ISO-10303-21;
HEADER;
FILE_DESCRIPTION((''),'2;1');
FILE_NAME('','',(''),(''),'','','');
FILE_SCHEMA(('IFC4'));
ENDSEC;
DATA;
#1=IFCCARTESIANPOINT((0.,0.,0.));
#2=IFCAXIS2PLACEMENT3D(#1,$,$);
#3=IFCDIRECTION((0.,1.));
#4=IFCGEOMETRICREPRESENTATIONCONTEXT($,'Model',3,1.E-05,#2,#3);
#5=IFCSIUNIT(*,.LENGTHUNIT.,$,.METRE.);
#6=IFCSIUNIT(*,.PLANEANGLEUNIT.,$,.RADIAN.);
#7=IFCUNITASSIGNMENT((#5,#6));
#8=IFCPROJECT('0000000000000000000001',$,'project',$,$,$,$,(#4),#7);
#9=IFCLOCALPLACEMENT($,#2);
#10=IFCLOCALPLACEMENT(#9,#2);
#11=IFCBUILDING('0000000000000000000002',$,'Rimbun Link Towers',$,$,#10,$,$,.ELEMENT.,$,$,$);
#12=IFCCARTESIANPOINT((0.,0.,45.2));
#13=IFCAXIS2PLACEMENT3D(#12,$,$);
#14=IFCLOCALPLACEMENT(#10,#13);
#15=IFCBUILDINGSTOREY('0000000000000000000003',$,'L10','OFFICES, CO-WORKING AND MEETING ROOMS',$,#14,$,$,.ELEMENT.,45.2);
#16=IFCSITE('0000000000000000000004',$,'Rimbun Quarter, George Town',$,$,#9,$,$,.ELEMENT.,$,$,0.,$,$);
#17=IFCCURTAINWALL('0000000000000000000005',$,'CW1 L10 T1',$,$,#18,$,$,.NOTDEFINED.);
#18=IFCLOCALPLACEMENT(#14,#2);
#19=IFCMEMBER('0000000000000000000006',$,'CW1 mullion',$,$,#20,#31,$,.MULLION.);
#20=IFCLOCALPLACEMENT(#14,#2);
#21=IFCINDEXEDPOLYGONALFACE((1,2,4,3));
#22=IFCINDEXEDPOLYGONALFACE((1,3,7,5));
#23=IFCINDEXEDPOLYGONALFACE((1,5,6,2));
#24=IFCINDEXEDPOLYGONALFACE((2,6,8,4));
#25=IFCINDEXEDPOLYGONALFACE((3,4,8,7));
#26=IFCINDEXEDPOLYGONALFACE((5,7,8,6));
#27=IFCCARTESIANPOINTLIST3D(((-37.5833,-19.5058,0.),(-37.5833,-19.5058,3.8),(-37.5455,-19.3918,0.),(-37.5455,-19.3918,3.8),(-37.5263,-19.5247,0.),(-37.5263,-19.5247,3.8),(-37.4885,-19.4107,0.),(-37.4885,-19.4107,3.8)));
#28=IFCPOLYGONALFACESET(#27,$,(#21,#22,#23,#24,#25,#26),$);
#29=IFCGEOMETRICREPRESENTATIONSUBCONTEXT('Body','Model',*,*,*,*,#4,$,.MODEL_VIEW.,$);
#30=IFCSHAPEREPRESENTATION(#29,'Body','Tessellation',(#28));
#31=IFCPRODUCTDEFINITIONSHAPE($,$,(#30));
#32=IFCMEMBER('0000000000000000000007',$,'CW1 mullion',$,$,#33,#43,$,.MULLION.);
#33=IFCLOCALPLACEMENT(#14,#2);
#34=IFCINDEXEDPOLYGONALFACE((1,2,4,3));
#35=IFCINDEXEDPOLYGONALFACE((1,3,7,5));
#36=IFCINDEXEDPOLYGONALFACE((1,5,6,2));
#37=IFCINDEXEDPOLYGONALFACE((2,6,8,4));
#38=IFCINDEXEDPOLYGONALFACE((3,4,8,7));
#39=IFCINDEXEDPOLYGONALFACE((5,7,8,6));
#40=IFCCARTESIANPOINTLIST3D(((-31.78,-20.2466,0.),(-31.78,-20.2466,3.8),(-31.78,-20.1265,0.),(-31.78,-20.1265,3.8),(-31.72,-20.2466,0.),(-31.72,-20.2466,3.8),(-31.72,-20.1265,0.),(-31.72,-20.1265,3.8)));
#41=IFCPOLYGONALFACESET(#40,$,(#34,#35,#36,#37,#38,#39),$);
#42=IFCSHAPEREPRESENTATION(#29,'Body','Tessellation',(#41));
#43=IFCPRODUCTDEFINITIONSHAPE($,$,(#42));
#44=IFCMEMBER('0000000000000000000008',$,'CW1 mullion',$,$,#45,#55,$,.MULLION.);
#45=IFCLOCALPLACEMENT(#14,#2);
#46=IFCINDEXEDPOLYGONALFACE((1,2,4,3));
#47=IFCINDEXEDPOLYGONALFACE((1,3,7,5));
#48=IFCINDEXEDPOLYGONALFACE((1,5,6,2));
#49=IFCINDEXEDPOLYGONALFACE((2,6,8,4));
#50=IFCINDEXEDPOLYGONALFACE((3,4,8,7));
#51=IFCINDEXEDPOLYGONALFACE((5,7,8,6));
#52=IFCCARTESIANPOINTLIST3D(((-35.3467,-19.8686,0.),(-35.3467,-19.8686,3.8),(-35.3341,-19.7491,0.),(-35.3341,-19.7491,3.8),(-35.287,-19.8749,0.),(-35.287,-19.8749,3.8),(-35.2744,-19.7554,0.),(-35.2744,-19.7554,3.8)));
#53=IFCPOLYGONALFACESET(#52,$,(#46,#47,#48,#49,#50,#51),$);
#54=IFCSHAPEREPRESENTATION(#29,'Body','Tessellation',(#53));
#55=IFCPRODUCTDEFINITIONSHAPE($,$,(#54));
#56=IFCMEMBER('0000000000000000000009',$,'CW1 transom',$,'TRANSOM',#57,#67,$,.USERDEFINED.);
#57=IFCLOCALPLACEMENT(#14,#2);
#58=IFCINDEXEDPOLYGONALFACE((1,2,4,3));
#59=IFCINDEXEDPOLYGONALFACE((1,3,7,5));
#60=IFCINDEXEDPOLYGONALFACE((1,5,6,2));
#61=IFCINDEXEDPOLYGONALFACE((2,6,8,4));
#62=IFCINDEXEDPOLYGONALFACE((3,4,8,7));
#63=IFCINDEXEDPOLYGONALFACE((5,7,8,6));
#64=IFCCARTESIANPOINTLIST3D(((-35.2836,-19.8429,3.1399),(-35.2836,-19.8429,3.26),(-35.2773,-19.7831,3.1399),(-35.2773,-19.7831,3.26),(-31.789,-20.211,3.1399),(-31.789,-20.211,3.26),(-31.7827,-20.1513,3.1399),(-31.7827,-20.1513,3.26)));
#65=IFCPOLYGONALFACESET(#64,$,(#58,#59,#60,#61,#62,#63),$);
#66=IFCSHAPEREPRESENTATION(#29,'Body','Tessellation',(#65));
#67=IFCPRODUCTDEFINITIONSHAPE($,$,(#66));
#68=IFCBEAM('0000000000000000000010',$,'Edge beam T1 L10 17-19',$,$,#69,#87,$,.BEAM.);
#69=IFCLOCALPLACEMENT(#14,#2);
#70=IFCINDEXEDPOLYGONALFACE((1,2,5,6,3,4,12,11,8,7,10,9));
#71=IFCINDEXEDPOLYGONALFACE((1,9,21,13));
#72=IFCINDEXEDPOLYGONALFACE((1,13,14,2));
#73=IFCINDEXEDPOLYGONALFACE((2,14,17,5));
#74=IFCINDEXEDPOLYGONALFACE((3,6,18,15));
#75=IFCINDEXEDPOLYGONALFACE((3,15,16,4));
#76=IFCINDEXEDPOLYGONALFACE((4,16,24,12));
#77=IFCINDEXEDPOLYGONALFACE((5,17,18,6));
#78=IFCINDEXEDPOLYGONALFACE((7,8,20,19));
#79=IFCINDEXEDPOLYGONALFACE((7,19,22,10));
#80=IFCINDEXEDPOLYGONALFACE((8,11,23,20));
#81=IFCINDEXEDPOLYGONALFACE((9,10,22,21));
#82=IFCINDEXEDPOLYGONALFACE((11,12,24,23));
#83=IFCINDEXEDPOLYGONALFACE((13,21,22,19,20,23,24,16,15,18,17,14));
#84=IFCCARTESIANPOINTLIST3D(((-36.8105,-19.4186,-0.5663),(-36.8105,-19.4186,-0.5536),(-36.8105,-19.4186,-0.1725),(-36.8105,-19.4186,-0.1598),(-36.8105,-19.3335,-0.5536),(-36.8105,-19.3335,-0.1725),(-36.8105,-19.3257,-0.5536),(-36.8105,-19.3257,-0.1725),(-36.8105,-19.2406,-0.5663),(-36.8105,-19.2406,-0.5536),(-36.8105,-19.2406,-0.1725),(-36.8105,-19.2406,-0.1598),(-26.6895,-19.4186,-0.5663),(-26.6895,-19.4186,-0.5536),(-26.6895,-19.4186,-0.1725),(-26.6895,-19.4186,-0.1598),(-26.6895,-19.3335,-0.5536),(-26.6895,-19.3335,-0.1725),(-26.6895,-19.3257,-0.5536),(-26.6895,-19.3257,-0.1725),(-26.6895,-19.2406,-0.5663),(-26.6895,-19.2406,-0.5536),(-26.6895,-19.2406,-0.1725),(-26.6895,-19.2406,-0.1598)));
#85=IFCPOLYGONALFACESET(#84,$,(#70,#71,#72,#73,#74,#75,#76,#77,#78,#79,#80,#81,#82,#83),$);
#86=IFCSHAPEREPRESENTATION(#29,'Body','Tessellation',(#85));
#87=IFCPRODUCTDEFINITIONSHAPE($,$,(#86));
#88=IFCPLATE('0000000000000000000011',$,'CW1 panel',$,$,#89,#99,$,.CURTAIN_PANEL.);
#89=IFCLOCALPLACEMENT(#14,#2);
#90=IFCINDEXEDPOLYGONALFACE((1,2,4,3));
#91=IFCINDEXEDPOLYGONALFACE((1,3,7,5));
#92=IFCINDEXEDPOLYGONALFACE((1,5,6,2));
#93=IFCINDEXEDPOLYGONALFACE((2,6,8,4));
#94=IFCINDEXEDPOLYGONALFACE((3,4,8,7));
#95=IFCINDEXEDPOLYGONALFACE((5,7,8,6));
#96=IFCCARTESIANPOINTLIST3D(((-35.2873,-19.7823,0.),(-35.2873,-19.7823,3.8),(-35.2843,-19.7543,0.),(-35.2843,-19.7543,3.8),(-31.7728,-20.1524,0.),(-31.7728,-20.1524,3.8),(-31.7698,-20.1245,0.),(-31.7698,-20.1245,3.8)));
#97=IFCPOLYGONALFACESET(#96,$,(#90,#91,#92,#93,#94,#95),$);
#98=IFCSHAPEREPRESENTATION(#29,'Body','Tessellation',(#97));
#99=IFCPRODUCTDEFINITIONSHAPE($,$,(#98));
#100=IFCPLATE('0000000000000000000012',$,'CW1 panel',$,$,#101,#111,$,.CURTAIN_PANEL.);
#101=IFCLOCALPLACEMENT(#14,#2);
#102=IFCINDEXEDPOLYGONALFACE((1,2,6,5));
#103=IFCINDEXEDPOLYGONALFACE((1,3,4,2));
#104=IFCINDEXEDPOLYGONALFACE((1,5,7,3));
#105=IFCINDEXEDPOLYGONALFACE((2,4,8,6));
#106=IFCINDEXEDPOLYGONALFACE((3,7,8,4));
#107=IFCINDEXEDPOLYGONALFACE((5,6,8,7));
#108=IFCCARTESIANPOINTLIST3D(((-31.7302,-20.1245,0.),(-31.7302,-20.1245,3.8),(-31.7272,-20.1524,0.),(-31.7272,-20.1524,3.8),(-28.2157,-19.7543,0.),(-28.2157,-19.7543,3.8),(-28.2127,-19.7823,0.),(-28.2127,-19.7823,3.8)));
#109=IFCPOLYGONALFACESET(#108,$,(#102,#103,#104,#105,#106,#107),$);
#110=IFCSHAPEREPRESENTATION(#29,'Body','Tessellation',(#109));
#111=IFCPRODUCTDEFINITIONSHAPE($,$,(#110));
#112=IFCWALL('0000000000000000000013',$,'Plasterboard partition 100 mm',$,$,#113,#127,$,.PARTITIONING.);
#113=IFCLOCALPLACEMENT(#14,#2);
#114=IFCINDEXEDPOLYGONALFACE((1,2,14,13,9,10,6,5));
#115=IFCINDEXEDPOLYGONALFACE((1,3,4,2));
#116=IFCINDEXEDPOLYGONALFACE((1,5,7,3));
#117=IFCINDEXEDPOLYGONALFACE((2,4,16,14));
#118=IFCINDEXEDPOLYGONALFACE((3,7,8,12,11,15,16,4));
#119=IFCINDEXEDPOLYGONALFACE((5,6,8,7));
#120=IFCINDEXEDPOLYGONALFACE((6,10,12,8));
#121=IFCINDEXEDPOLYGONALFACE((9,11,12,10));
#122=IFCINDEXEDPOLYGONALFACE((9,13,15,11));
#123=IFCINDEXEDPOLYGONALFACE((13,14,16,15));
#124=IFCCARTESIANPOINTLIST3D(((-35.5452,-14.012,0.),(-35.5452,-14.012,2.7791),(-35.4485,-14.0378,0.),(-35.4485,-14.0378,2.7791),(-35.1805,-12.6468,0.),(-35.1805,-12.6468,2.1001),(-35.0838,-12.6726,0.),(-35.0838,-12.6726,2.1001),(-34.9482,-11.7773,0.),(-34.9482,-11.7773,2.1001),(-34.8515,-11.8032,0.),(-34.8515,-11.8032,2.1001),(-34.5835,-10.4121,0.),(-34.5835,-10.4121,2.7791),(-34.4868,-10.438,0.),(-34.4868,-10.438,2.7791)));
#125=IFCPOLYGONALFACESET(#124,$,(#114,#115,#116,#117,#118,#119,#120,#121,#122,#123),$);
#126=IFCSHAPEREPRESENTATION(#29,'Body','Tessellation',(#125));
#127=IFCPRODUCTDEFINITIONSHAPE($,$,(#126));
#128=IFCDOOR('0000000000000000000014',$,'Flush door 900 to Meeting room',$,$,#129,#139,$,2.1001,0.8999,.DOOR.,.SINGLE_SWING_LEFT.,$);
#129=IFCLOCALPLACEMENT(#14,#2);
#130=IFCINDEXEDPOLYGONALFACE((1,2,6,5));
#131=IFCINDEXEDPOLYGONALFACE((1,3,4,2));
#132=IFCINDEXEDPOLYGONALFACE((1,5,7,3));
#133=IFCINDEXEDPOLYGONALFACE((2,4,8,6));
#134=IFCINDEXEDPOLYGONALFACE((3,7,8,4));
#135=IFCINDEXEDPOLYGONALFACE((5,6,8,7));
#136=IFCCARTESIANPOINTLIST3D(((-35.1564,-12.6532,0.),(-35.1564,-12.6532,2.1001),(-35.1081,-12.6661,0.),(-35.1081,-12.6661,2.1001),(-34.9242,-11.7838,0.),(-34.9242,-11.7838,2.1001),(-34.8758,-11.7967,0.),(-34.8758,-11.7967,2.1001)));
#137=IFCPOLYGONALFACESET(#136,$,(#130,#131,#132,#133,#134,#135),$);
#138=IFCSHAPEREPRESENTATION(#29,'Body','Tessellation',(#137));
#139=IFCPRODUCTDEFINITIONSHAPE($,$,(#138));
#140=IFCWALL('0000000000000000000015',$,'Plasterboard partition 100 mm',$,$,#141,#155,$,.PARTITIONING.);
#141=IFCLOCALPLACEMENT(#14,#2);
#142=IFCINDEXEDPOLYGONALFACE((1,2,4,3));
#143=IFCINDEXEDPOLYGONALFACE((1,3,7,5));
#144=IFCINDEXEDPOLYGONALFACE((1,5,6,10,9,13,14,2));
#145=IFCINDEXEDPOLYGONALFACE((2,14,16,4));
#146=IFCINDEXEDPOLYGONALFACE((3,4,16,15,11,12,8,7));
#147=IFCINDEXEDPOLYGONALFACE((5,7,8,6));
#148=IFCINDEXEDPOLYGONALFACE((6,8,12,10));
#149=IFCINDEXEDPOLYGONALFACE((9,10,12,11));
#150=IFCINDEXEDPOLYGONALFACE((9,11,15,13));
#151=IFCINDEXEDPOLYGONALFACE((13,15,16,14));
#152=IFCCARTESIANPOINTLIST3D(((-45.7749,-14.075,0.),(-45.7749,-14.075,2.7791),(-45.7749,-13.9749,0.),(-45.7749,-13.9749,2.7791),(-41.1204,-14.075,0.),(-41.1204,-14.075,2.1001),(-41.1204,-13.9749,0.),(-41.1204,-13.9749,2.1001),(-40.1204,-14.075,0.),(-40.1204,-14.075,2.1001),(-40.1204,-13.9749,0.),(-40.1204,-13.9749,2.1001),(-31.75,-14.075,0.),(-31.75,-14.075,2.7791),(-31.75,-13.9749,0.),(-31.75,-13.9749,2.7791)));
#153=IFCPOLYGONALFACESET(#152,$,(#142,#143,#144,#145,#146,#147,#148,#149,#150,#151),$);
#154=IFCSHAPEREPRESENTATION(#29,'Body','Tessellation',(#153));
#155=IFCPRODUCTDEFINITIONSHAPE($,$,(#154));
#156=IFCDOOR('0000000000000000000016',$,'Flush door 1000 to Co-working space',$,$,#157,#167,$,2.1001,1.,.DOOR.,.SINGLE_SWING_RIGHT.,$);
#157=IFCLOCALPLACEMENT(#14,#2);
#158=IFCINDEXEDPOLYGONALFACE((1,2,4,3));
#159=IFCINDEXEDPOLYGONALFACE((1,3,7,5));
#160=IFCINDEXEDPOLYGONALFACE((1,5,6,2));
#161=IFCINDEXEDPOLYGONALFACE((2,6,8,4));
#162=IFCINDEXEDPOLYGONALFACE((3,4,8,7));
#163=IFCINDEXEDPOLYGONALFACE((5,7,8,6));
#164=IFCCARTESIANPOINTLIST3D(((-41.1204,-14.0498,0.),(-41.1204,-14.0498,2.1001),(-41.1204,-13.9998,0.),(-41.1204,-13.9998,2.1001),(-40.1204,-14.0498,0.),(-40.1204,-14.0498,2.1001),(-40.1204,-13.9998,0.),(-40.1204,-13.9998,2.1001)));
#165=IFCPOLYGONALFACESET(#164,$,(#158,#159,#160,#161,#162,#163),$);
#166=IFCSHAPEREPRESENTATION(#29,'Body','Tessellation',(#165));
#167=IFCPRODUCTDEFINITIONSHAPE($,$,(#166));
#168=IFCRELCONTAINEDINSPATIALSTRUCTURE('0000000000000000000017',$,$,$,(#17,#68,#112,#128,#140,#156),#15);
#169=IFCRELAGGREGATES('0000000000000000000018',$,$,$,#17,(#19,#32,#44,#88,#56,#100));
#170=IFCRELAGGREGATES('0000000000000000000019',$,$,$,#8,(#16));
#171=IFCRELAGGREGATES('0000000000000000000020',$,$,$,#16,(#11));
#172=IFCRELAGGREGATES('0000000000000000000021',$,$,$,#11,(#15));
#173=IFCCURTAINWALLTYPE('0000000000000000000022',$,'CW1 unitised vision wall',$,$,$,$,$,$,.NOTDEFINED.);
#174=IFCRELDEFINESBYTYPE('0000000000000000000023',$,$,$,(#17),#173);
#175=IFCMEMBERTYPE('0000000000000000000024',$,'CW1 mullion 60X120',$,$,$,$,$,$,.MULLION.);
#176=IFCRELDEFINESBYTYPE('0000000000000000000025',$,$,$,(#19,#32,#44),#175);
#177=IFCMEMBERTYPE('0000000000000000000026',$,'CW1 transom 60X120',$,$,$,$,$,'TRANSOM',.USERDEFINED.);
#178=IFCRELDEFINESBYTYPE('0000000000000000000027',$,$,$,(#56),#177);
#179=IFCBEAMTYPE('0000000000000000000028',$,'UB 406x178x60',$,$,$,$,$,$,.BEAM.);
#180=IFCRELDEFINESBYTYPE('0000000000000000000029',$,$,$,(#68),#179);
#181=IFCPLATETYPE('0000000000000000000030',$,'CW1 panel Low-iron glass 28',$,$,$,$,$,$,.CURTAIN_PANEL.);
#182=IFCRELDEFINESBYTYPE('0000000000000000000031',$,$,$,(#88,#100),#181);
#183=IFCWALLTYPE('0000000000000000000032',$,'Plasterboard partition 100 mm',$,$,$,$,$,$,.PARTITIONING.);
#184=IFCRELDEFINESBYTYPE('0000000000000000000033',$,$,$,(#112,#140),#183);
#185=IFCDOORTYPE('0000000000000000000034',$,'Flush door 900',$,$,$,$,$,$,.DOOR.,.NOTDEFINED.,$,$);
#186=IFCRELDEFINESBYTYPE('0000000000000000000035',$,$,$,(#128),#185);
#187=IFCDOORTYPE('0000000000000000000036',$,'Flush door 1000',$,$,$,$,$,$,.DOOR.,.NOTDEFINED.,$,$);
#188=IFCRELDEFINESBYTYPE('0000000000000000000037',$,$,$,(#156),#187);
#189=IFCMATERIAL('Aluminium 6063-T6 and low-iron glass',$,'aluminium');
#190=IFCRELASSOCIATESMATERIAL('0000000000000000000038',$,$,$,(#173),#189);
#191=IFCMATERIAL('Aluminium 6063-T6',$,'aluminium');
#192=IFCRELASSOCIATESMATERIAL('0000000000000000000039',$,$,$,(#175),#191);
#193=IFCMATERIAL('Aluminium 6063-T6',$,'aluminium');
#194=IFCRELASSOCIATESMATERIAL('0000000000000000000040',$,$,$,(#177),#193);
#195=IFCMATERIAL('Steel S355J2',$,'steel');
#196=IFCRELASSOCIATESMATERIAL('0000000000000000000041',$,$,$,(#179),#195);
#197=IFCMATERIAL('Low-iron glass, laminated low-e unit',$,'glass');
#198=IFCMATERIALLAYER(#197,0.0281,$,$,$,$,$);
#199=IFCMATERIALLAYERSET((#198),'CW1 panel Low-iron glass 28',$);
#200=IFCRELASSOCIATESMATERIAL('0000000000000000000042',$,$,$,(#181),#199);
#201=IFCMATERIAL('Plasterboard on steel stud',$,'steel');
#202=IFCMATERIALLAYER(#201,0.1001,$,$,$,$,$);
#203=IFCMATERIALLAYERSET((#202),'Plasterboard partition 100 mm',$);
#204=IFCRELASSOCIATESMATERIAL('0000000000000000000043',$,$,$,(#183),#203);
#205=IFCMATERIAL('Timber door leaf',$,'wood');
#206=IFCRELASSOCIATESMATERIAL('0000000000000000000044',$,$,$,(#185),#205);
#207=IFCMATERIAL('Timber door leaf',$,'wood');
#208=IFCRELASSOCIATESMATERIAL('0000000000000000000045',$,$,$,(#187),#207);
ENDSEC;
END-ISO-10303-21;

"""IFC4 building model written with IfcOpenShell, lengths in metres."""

from ifc_helpers import new_model, si_unit, direction, frame, frame_2d, origin, origin_2d, place, context, subcontext, project, spatial, rectangle, i_section, extrude, material, layer, layer_set, material_profile, profile_set, type_object, element, fill, aggregate, save


model = new_model("IFC4")

# Units and contexts
model_context = context("Model", 3, precision=1e-05, world=origin(), true_north=direction((0.0, 1.0)))
body_context = subcontext(model_context, "Body", "Model", "MODEL_VIEW")
ifc_project = project(units=[si_unit("LENGTHUNIT", "METRE"), si_unit("PLANEANGLEUNIT", "RADIAN")], contexts=[model_context])

# Site, building, storey
site_placement = place(None, origin())
site = spatial("IfcSite", under=ifc_project, at=site_placement, Name="Rimbun Quarter, George Town", CompositionType="ELEMENT", RefElevation=0.0)
building_placement = place(site_placement, origin())
building = spatial("IfcBuilding", under=site, at=building_placement, Name="Rimbun Link Towers", CompositionType="ELEMENT")
storey_placement = place(building_placement, frame((0.0, 0.0, 45.2)))
storey = spatial("IfcBuildingStorey", under=building, at=storey_placement, Name="L10", Description="OFFICES, CO-WORKING AND MEETING ROOMS", CompositionType="ELEMENT", Elevation=45.2)

# Curtain wall, members
ifc_material_1 = material(Name="Aluminium 6063-T6 and low-iron glass", Category="aluminium")
curtain_wall_type = type_object("IfcCurtainWallType", Name="CW1 unitised vision wall", PredefinedType="NOTDEFINED", material=ifc_material_1)
curtain_wall_placement = place(storey_placement, origin())
curtain_wall = element("IfcCurtainWall", 1, at=curtain_wall_placement, inside=storey, type_object=curtain_wall_type, Name="CW1 L10 T1", PredefinedType="NOTDEFINED")
ifc_material_2 = material(Name="Aluminium 6063-T6", Category="aluminium")
ifc_material_profile_1 = material_profile(ifc_material_2, rectangle(XDim=0.1201, YDim=0.0601, at=origin_2d()), Name="MULLION 60X120")
ifc_profile_set_1 = profile_set([ifc_material_profile_1], Name="Aluminium 6063-T6")
member_type_1 = type_object("IfcMemberType", Name="CW1 mullion 60X120", PredefinedType="MULLION", material=ifc_profile_set_1)
member_1_placement = place(storey_placement, frame((-37.5359, -19.4583, 0.0), z_axis=(0.0, 0.0, 1.0), x_axis=(-0.314558, -0.949238, 0.0)))
member_1 = element("IfcMember", 2, at=member_1_placement, type_object=member_type_1, Name="CW1 mullion", PredefinedType="MULLION", context=body_context, shape_type="SweptSolid", body=[
    extrude(rectangle(XDim=0.1201, YDim=0.0601, at=origin_2d()), origin(), (0.0, 0.0, 1.0), 3.8),
])
member_2_placement = place(storey_placement, frame((-31.75, -20.1865, 0.0), z_axis=(0.0, 0.0, 1.0), x_axis=(0.0, -1.0, 0.0)))
member_2 = element("IfcMember", 3, at=member_2_placement, type_object=member_type_1, Name="CW1 mullion", PredefinedType="MULLION", context=body_context, shape_type="SweptSolid", body=[
    extrude(rectangle(XDim=0.1201, YDim=0.0601, at=origin_2d()), origin(), (0.0, 0.0, 1.0), 3.8),
])
member_3_placement = place(storey_placement, frame((-35.3105, -19.812, 0.0), z_axis=(0.0, 0.0, 1.0), x_axis=(-0.104742, -0.994499, 0.0)))
member_3 = element("IfcMember", 4, at=member_3_placement, type_object=member_type_1, Name="CW1 mullion", PredefinedType="MULLION", context=body_context, shape_type="SweptSolid", body=[
    extrude(rectangle(XDim=0.1201, YDim=0.0601, at=origin_2d()), origin(), (0.0, 0.0, 1.0), 3.8),
])
ifc_material_3 = material(Name="Aluminium 6063-T6", Category="aluminium")
ifc_material_profile_2 = material_profile(ifc_material_3, rectangle(XDim=0.0601, YDim=0.1201, at=origin_2d()), Name="TRANSOM 60X120")
ifc_profile_set_2 = profile_set([ifc_material_profile_2], Name="Aluminium 6063-T6")
member_type_2 = type_object("IfcMemberType", Name="CW1 transom 60X120", ElementType="TRANSOM", PredefinedType="USERDEFINED", material=ifc_profile_set_2)
member_4_placement = place(storey_placement, frame((-31.7859, -20.1812, 3.2), z_axis=(-0.994496, 0.104772, 0.0), x_axis=(-0.104772, -0.994496, 0.0)))
member_4 = element("IfcMember", 5, at=member_4_placement, type_object=member_type_2, Name="CW1 transom", ObjectType="TRANSOM", PredefinedType="USERDEFINED", context=body_context, shape_type="SweptSolid", body=[
    extrude(rectangle(XDim=0.0601, YDim=0.1201, at=origin_2d()), origin(), (0.0, 0.0, 1.0), 3.5139),
])

# Beam
ifc_material_4 = material(Name="Steel S355J2", Category="steel")
ifc_material_profile_3 = material_profile(ifc_material_4, i_section(OverallWidth=0.178, OverallDepth=0.4065, WebThickness=0.0078, FlangeThickness=0.0127, at=origin_2d()), Name="UB 406x178x60")
ifc_profile_set_3 = profile_set([ifc_material_profile_3], Name="Steel S355J2")
beam_type = type_object("IfcBeamType", Name="UB 406x178x60", PredefinedType="BEAM", material=ifc_profile_set_3)
beam_placement = place(storey_placement, frame((-36.8105, -19.3296, -0.363), z_axis=(1.0, 0.0, 0.0), x_axis=(0.0, 1.0, 0.0)))
element("IfcBeam", 6, at=beam_placement, inside=storey, type_object=beam_type, Name="Edge beam T1 L10 17-19", PredefinedType="BEAM", context=body_context, shape_type="SweptSolid", body=[
    extrude(i_section(OverallWidth=0.178, OverallDepth=0.4065, WebThickness=0.0078, FlangeThickness=0.0127, at=origin_2d()), origin(), (0.0, 0.0, 1.0), 10.1211),
])

# Plates
ifc_material_5 = material(Name="Low-iron glass, laminated low-e unit", Category="glass")
ifc_layer_1 = layer(ifc_material_5, 0.0281)
ifc_layer_set_1 = layer_set([ifc_layer_1], Name="CW1 panel Low-iron glass 28")
plate_type = type_object("IfcPlateType", Name="CW1 panel Low-iron glass 28", PredefinedType="CURTAIN_PANEL", material=ifc_layer_set_1)
plate_1_placement = place(storey_placement, frame((-33.5286, -19.9534, 0.0), z_axis=(0.0, 0.0, 1.0), x_axis=(-0.994499, 0.104742, 0.0)))
plate_1 = element("IfcPlate", 7, at=plate_1_placement, type_object=plate_type, Name="CW1 panel", PredefinedType="CURTAIN_PANEL", context=body_context, shape_type="SweptSolid", body=[
    extrude(rectangle(XDim=3.5339, YDim=0.0281, at=origin_2d()), origin(), (0.0, 0.0, 1.0), 3.8),
])
plate_2_placement = place(storey_placement, frame((-29.9714, -19.9534, 0.0), z_axis=(0.0, 0.0, 1.0), x_axis=(-0.994499, -0.104742, 0.0)))
plate_2 = element("IfcPlate", 8, at=plate_2_placement, type_object=plate_type, Name="CW1 panel", PredefinedType="CURTAIN_PANEL", context=body_context, shape_type="SweptSolid", body=[
    extrude(rectangle(XDim=3.5339, YDim=0.0281, at=origin_2d()), origin(), (0.0, 0.0, 1.0), 3.8),
])
aggregate(curtain_wall, [member_1, member_2, member_3, plate_1, member_4, plate_2])

# Walls, openings, doors
ifc_material_6 = material(Name="Plasterboard on steel stud", Category="steel")
ifc_layer_2 = layer(ifc_material_6, 0.1001)
ifc_layer_set_2 = layer_set([ifc_layer_2], Name="Plasterboard partition 100 mm")
wall_type = type_object("IfcWallType", Name="Plasterboard partition 100 mm", PredefinedType="PARTITIONING", material=ifc_layer_set_2)
wall_1_placement = place(storey_placement, frame((-34.5352, -10.425, 0.0), z_axis=(0.0, 0.0, 1.0), x_axis=(-0.258091, -0.966121, 0.0)))
wall_1 = element("IfcWall", 9, at=wall_1_placement, inside=storey, type_object=wall_type, Name="Plasterboard partition 100 mm", PredefinedType="PARTITIONING", context=body_context, shape_type="SweptSolid", body=[
    extrude(rectangle(XDim=3.7261, YDim=0.1001, at=frame_2d((1.863, 0.0))), origin(), (0.0, 0.0, 1.0), 2.7791),
])
opening_1_placement = place(wall_1_placement, frame((1.4131, 0.0, 0.0)))
opening_1 = element("IfcOpeningElement", 10, at=opening_1_placement, cuts=wall_1, PredefinedType="OPENING", context=body_context, shape_type="SweptSolid", body=[
    extrude(rectangle(XDim=0.8999, YDim=2.1001, at=frame_2d((0.45, 1.05))), frame((0.0, 0.0601, 0.0), z_axis=(0.0, -1.0, 0.0), x_axis=(1.0, 0.0, 0.0)), (0.0, 0.0, 1.0), 0.1201),
])
ifc_material_7 = material(Name="Timber door leaf", Category="wood")
door_type_1 = type_object("IfcDoorType", Name="Flush door 900", OperationType="NOTDEFINED", PredefinedType="DOOR", material=ifc_material_7)
door_1_placement = place(opening_1_placement, origin())
door_1 = element("IfcDoor", 11, at=door_1_placement, inside=storey, type_object=door_type_1, Name="Flush door 900 to Meeting room", OperationType="SINGLE_SWING_LEFT", OverallHeight=2.1001, OverallWidth=0.8999, PredefinedType="DOOR", context=body_context, shape_type="SweptSolid", body=[
    extrude(rectangle(XDim=0.8999, YDim=2.1001, at=frame_2d((0.45, 1.05))), frame((0.0, 0.0249, 0.0), z_axis=(0.0, -1.0, 0.0), x_axis=(1.0, 0.0, 0.0)), (0.0, 0.0, 1.0), 0.05),
])
fill(opening_1, door_1)
wall_2_placement = place(storey_placement, frame((-31.75, -14.0249, 0.0), z_axis=(0.0, 0.0, 1.0), x_axis=(-1.0, 0.0, 0.0)))
wall_2 = element("IfcWall", 12, at=wall_2_placement, inside=storey, type_object=wall_type, Name="Plasterboard partition 100 mm", PredefinedType="PARTITIONING", context=body_context, shape_type="SweptSolid", body=[
    extrude(rectangle(XDim=14.0249, YDim=0.1001, at=frame_2d((7.0125, 0.0))), origin(), (0.0, 0.0, 1.0), 2.7791),
])
opening_2_placement = place(wall_2_placement, frame((8.3704, 0.0, 0.0)))
opening_2 = element("IfcOpeningElement", 13, at=opening_2_placement, cuts=wall_2, PredefinedType="OPENING", context=body_context, shape_type="SweptSolid", body=[
    extrude(rectangle(XDim=1.0, YDim=2.1001, at=frame_2d((0.5, 1.05))), frame((0.0, 0.0601, 0.0), z_axis=(0.0, -1.0, 0.0), x_axis=(1.0, 0.0, 0.0)), (0.0, 0.0, 1.0), 0.1201),
])
ifc_material_8 = material(Name="Timber door leaf", Category="wood")
door_type_2 = type_object("IfcDoorType", Name="Flush door 1000", OperationType="NOTDEFINED", PredefinedType="DOOR", material=ifc_material_8)
door_2_placement = place(opening_2_placement, origin())
door_2 = element("IfcDoor", 14, at=door_2_placement, inside=storey, type_object=door_type_2, Name="Flush door 1000 to Co-working space", OperationType="SINGLE_SWING_RIGHT", OverallHeight=2.1001, OverallWidth=1.0, PredefinedType="DOOR", context=body_context, shape_type="SweptSolid", body=[
    extrude(rectangle(XDim=1.0, YDim=2.1001, at=frame_2d((0.5, 1.05))), frame((0.0, 0.0249, 0.0), z_axis=(0.0, -1.0, 0.0), x_axis=(1.0, 0.0, 0.0)), (0.0, 0.0, 1.0), 0.05),
])
fill(opening_2, door_2)

save(model, "model.ifc")
